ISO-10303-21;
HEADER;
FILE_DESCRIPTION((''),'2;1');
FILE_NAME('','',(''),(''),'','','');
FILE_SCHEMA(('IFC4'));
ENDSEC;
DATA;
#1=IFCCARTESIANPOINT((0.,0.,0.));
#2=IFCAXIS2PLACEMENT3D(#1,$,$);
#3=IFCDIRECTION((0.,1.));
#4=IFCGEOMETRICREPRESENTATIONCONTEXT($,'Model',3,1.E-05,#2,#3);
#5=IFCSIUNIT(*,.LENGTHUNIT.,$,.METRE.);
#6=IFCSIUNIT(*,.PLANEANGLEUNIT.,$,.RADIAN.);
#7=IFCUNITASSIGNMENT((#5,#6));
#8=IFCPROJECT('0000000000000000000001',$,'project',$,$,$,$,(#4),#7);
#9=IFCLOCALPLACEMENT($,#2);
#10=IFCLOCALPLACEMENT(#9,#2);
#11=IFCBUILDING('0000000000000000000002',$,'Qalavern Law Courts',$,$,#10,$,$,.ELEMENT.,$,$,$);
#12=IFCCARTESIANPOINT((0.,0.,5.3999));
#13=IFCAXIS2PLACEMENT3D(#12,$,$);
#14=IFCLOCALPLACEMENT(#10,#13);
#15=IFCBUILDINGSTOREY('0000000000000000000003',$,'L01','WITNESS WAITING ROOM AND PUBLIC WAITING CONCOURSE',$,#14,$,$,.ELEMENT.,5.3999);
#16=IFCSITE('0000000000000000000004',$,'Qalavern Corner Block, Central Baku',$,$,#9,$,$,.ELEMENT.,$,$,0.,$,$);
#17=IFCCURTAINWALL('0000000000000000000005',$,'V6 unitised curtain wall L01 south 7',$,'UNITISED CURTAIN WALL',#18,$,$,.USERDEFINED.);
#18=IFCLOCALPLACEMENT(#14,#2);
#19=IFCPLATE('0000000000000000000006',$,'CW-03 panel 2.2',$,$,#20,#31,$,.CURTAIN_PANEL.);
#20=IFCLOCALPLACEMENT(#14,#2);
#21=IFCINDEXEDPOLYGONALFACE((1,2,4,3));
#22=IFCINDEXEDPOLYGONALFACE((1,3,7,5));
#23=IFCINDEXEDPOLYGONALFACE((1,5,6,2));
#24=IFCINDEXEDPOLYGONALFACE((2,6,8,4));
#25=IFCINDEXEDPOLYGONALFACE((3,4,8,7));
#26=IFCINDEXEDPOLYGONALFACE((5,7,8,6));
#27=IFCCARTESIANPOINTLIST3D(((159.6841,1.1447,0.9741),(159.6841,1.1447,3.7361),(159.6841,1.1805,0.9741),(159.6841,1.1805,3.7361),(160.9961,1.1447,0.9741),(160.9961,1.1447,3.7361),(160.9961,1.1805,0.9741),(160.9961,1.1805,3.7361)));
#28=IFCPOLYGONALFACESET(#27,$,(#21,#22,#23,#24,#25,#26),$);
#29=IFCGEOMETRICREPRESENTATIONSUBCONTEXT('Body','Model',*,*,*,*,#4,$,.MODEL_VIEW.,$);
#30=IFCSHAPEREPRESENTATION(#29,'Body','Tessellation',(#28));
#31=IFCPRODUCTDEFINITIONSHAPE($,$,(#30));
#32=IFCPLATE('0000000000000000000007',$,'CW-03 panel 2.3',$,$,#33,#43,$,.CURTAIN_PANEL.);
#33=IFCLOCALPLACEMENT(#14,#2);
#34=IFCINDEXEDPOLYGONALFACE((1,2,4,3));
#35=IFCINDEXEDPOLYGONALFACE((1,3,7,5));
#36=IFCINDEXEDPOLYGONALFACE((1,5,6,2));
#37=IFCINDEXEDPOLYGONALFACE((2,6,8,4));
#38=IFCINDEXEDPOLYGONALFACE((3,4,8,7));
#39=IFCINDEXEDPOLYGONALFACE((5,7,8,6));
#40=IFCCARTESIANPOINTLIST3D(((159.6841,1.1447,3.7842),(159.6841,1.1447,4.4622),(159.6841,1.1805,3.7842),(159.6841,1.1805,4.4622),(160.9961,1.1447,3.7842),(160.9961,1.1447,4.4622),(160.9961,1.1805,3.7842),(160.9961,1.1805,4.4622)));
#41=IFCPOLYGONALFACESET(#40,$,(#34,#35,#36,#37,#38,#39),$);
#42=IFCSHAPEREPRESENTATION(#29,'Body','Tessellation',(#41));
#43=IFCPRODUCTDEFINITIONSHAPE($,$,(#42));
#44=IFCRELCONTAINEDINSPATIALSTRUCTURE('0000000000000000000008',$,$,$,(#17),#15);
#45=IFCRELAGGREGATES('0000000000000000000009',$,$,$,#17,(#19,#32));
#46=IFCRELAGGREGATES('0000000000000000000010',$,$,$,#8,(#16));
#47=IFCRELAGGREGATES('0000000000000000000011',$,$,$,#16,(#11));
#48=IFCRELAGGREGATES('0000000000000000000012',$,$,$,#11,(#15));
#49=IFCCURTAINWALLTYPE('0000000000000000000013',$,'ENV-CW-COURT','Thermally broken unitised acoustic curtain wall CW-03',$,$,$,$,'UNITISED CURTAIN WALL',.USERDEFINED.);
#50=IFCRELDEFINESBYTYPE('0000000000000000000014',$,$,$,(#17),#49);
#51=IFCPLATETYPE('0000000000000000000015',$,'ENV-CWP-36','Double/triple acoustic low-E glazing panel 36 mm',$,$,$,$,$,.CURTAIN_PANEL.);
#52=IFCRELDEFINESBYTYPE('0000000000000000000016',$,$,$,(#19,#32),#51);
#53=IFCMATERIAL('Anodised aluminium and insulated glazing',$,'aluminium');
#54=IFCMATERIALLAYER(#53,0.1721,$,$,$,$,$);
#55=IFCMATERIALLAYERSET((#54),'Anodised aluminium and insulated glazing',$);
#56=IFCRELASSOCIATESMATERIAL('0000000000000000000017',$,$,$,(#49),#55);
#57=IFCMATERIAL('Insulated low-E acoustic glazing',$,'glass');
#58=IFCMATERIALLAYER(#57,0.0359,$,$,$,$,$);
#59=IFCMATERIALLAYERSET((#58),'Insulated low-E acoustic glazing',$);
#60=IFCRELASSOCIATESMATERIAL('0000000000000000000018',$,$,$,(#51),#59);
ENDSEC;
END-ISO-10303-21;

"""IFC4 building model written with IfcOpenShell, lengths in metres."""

from ifc_helpers import new_model, si_unit, direction, frame, origin, origin_2d, place, context, subcontext, project, spatial, rectangle, extrude, material, layer, layer_set, type_object, element, aggregate, save


model = new_model("IFC4")

# Units and contexts
model_context = context("Model", 3, precision=1e-05, world=origin(), true_north=direction((0.0, 1.0)))
body_context = subcontext(model_context, "Body", "Model", "MODEL_VIEW")
ifc_project = project(units=[si_unit("LENGTHUNIT", "METRE"), si_unit("PLANEANGLEUNIT", "RADIAN")], contexts=[model_context])

# Site, building, storey
site_placement = place(None, origin())
site = spatial("IfcSite", under=ifc_project, at=site_placement, Name="Qalavern Corner Block, Central Baku", CompositionType="ELEMENT", RefElevation=0.0)
building_placement = place(site_placement, origin())
building = spatial("IfcBuilding", under=site, at=building_placement, Name="Qalavern Law Courts", CompositionType="ELEMENT")
storey_placement = place(building_placement, frame((0.0, 0.0, 5.3999)))
storey = spatial("IfcBuildingStorey", under=building, at=storey_placement, Name="L01", Description="WITNESS WAITING ROOM AND PUBLIC WAITING CONCOURSE", CompositionType="ELEMENT", Elevation=5.3999)

# Curtain wall
ifc_material_1 = material(Name="Anodised aluminium and insulated glazing", Category="aluminium")
ifc_layer_1 = layer(ifc_material_1, 0.1721)
ifc_layer_set_1 = layer_set([ifc_layer_1], Name="Anodised aluminium and insulated glazing")
curtain_wall_type = type_object("IfcCurtainWallType", Name="ENV-CW-COURT", Description="Thermally broken unitised acoustic curtain wall CW-03", ElementType="UNITISED CURTAIN WALL", PredefinedType="USERDEFINED", material=ifc_layer_set_1)
curtain_wall_placement = place(storey_placement, origin())
curtain_wall = element("IfcCurtainWall", 1, at=curtain_wall_placement, inside=storey, type_object=curtain_wall_type, Name="V6 unitised curtain wall L01 south 7", ObjectType="UNITISED CURTAIN WALL", PredefinedType="USERDEFINED")

# Plates
ifc_material_2 = material(Name="Insulated low-E acoustic glazing", Category="glass")
ifc_layer_2 = layer(ifc_material_2, 0.0359)
ifc_layer_set_2 = layer_set([ifc_layer_2], Name="Insulated low-E acoustic glazing")
plate_type = type_object("IfcPlateType", Name="ENV-CWP-36", Description="Double/triple acoustic low-E glazing panel 36 mm", PredefinedType="CURTAIN_PANEL", material=ifc_layer_set_2)
plate_1_placement = place(storey_placement, frame((160.3401, 1.1626, 0.9741), z_axis=(0.0, 0.0, 1.0), x_axis=(1.0, 0.0, 0.0)))
plate_1 = element("IfcPlate", 2, at=plate_1_placement, type_object=plate_type, Name="CW-03 panel 2.2", PredefinedType="CURTAIN_PANEL", context=body_context, shape_type="SweptSolid", body=[
    extrude(rectangle(XDim=1.312, YDim=0.0359, at=origin_2d()), origin(), (0.0, 0.0, 1.0), 2.762),
])
plate_2_placement = place(storey_placement, frame((160.3401, 1.1626, 3.7842), z_axis=(0.0, 0.0, 1.0), x_axis=(1.0, 0.0, 0.0)))
plate_2 = element("IfcPlate", 3, at=plate_2_placement, type_object=plate_type, Name="CW-03 panel 2.3", PredefinedType="CURTAIN_PANEL", context=body_context, shape_type="SweptSolid", body=[
    extrude(rectangle(XDim=1.312, YDim=0.0359, at=origin_2d()), origin(), (0.0, 0.0, 1.0), 0.678),
])
aggregate(curtain_wall, [plate_1, plate_2])

save(model, "model.ifc")
